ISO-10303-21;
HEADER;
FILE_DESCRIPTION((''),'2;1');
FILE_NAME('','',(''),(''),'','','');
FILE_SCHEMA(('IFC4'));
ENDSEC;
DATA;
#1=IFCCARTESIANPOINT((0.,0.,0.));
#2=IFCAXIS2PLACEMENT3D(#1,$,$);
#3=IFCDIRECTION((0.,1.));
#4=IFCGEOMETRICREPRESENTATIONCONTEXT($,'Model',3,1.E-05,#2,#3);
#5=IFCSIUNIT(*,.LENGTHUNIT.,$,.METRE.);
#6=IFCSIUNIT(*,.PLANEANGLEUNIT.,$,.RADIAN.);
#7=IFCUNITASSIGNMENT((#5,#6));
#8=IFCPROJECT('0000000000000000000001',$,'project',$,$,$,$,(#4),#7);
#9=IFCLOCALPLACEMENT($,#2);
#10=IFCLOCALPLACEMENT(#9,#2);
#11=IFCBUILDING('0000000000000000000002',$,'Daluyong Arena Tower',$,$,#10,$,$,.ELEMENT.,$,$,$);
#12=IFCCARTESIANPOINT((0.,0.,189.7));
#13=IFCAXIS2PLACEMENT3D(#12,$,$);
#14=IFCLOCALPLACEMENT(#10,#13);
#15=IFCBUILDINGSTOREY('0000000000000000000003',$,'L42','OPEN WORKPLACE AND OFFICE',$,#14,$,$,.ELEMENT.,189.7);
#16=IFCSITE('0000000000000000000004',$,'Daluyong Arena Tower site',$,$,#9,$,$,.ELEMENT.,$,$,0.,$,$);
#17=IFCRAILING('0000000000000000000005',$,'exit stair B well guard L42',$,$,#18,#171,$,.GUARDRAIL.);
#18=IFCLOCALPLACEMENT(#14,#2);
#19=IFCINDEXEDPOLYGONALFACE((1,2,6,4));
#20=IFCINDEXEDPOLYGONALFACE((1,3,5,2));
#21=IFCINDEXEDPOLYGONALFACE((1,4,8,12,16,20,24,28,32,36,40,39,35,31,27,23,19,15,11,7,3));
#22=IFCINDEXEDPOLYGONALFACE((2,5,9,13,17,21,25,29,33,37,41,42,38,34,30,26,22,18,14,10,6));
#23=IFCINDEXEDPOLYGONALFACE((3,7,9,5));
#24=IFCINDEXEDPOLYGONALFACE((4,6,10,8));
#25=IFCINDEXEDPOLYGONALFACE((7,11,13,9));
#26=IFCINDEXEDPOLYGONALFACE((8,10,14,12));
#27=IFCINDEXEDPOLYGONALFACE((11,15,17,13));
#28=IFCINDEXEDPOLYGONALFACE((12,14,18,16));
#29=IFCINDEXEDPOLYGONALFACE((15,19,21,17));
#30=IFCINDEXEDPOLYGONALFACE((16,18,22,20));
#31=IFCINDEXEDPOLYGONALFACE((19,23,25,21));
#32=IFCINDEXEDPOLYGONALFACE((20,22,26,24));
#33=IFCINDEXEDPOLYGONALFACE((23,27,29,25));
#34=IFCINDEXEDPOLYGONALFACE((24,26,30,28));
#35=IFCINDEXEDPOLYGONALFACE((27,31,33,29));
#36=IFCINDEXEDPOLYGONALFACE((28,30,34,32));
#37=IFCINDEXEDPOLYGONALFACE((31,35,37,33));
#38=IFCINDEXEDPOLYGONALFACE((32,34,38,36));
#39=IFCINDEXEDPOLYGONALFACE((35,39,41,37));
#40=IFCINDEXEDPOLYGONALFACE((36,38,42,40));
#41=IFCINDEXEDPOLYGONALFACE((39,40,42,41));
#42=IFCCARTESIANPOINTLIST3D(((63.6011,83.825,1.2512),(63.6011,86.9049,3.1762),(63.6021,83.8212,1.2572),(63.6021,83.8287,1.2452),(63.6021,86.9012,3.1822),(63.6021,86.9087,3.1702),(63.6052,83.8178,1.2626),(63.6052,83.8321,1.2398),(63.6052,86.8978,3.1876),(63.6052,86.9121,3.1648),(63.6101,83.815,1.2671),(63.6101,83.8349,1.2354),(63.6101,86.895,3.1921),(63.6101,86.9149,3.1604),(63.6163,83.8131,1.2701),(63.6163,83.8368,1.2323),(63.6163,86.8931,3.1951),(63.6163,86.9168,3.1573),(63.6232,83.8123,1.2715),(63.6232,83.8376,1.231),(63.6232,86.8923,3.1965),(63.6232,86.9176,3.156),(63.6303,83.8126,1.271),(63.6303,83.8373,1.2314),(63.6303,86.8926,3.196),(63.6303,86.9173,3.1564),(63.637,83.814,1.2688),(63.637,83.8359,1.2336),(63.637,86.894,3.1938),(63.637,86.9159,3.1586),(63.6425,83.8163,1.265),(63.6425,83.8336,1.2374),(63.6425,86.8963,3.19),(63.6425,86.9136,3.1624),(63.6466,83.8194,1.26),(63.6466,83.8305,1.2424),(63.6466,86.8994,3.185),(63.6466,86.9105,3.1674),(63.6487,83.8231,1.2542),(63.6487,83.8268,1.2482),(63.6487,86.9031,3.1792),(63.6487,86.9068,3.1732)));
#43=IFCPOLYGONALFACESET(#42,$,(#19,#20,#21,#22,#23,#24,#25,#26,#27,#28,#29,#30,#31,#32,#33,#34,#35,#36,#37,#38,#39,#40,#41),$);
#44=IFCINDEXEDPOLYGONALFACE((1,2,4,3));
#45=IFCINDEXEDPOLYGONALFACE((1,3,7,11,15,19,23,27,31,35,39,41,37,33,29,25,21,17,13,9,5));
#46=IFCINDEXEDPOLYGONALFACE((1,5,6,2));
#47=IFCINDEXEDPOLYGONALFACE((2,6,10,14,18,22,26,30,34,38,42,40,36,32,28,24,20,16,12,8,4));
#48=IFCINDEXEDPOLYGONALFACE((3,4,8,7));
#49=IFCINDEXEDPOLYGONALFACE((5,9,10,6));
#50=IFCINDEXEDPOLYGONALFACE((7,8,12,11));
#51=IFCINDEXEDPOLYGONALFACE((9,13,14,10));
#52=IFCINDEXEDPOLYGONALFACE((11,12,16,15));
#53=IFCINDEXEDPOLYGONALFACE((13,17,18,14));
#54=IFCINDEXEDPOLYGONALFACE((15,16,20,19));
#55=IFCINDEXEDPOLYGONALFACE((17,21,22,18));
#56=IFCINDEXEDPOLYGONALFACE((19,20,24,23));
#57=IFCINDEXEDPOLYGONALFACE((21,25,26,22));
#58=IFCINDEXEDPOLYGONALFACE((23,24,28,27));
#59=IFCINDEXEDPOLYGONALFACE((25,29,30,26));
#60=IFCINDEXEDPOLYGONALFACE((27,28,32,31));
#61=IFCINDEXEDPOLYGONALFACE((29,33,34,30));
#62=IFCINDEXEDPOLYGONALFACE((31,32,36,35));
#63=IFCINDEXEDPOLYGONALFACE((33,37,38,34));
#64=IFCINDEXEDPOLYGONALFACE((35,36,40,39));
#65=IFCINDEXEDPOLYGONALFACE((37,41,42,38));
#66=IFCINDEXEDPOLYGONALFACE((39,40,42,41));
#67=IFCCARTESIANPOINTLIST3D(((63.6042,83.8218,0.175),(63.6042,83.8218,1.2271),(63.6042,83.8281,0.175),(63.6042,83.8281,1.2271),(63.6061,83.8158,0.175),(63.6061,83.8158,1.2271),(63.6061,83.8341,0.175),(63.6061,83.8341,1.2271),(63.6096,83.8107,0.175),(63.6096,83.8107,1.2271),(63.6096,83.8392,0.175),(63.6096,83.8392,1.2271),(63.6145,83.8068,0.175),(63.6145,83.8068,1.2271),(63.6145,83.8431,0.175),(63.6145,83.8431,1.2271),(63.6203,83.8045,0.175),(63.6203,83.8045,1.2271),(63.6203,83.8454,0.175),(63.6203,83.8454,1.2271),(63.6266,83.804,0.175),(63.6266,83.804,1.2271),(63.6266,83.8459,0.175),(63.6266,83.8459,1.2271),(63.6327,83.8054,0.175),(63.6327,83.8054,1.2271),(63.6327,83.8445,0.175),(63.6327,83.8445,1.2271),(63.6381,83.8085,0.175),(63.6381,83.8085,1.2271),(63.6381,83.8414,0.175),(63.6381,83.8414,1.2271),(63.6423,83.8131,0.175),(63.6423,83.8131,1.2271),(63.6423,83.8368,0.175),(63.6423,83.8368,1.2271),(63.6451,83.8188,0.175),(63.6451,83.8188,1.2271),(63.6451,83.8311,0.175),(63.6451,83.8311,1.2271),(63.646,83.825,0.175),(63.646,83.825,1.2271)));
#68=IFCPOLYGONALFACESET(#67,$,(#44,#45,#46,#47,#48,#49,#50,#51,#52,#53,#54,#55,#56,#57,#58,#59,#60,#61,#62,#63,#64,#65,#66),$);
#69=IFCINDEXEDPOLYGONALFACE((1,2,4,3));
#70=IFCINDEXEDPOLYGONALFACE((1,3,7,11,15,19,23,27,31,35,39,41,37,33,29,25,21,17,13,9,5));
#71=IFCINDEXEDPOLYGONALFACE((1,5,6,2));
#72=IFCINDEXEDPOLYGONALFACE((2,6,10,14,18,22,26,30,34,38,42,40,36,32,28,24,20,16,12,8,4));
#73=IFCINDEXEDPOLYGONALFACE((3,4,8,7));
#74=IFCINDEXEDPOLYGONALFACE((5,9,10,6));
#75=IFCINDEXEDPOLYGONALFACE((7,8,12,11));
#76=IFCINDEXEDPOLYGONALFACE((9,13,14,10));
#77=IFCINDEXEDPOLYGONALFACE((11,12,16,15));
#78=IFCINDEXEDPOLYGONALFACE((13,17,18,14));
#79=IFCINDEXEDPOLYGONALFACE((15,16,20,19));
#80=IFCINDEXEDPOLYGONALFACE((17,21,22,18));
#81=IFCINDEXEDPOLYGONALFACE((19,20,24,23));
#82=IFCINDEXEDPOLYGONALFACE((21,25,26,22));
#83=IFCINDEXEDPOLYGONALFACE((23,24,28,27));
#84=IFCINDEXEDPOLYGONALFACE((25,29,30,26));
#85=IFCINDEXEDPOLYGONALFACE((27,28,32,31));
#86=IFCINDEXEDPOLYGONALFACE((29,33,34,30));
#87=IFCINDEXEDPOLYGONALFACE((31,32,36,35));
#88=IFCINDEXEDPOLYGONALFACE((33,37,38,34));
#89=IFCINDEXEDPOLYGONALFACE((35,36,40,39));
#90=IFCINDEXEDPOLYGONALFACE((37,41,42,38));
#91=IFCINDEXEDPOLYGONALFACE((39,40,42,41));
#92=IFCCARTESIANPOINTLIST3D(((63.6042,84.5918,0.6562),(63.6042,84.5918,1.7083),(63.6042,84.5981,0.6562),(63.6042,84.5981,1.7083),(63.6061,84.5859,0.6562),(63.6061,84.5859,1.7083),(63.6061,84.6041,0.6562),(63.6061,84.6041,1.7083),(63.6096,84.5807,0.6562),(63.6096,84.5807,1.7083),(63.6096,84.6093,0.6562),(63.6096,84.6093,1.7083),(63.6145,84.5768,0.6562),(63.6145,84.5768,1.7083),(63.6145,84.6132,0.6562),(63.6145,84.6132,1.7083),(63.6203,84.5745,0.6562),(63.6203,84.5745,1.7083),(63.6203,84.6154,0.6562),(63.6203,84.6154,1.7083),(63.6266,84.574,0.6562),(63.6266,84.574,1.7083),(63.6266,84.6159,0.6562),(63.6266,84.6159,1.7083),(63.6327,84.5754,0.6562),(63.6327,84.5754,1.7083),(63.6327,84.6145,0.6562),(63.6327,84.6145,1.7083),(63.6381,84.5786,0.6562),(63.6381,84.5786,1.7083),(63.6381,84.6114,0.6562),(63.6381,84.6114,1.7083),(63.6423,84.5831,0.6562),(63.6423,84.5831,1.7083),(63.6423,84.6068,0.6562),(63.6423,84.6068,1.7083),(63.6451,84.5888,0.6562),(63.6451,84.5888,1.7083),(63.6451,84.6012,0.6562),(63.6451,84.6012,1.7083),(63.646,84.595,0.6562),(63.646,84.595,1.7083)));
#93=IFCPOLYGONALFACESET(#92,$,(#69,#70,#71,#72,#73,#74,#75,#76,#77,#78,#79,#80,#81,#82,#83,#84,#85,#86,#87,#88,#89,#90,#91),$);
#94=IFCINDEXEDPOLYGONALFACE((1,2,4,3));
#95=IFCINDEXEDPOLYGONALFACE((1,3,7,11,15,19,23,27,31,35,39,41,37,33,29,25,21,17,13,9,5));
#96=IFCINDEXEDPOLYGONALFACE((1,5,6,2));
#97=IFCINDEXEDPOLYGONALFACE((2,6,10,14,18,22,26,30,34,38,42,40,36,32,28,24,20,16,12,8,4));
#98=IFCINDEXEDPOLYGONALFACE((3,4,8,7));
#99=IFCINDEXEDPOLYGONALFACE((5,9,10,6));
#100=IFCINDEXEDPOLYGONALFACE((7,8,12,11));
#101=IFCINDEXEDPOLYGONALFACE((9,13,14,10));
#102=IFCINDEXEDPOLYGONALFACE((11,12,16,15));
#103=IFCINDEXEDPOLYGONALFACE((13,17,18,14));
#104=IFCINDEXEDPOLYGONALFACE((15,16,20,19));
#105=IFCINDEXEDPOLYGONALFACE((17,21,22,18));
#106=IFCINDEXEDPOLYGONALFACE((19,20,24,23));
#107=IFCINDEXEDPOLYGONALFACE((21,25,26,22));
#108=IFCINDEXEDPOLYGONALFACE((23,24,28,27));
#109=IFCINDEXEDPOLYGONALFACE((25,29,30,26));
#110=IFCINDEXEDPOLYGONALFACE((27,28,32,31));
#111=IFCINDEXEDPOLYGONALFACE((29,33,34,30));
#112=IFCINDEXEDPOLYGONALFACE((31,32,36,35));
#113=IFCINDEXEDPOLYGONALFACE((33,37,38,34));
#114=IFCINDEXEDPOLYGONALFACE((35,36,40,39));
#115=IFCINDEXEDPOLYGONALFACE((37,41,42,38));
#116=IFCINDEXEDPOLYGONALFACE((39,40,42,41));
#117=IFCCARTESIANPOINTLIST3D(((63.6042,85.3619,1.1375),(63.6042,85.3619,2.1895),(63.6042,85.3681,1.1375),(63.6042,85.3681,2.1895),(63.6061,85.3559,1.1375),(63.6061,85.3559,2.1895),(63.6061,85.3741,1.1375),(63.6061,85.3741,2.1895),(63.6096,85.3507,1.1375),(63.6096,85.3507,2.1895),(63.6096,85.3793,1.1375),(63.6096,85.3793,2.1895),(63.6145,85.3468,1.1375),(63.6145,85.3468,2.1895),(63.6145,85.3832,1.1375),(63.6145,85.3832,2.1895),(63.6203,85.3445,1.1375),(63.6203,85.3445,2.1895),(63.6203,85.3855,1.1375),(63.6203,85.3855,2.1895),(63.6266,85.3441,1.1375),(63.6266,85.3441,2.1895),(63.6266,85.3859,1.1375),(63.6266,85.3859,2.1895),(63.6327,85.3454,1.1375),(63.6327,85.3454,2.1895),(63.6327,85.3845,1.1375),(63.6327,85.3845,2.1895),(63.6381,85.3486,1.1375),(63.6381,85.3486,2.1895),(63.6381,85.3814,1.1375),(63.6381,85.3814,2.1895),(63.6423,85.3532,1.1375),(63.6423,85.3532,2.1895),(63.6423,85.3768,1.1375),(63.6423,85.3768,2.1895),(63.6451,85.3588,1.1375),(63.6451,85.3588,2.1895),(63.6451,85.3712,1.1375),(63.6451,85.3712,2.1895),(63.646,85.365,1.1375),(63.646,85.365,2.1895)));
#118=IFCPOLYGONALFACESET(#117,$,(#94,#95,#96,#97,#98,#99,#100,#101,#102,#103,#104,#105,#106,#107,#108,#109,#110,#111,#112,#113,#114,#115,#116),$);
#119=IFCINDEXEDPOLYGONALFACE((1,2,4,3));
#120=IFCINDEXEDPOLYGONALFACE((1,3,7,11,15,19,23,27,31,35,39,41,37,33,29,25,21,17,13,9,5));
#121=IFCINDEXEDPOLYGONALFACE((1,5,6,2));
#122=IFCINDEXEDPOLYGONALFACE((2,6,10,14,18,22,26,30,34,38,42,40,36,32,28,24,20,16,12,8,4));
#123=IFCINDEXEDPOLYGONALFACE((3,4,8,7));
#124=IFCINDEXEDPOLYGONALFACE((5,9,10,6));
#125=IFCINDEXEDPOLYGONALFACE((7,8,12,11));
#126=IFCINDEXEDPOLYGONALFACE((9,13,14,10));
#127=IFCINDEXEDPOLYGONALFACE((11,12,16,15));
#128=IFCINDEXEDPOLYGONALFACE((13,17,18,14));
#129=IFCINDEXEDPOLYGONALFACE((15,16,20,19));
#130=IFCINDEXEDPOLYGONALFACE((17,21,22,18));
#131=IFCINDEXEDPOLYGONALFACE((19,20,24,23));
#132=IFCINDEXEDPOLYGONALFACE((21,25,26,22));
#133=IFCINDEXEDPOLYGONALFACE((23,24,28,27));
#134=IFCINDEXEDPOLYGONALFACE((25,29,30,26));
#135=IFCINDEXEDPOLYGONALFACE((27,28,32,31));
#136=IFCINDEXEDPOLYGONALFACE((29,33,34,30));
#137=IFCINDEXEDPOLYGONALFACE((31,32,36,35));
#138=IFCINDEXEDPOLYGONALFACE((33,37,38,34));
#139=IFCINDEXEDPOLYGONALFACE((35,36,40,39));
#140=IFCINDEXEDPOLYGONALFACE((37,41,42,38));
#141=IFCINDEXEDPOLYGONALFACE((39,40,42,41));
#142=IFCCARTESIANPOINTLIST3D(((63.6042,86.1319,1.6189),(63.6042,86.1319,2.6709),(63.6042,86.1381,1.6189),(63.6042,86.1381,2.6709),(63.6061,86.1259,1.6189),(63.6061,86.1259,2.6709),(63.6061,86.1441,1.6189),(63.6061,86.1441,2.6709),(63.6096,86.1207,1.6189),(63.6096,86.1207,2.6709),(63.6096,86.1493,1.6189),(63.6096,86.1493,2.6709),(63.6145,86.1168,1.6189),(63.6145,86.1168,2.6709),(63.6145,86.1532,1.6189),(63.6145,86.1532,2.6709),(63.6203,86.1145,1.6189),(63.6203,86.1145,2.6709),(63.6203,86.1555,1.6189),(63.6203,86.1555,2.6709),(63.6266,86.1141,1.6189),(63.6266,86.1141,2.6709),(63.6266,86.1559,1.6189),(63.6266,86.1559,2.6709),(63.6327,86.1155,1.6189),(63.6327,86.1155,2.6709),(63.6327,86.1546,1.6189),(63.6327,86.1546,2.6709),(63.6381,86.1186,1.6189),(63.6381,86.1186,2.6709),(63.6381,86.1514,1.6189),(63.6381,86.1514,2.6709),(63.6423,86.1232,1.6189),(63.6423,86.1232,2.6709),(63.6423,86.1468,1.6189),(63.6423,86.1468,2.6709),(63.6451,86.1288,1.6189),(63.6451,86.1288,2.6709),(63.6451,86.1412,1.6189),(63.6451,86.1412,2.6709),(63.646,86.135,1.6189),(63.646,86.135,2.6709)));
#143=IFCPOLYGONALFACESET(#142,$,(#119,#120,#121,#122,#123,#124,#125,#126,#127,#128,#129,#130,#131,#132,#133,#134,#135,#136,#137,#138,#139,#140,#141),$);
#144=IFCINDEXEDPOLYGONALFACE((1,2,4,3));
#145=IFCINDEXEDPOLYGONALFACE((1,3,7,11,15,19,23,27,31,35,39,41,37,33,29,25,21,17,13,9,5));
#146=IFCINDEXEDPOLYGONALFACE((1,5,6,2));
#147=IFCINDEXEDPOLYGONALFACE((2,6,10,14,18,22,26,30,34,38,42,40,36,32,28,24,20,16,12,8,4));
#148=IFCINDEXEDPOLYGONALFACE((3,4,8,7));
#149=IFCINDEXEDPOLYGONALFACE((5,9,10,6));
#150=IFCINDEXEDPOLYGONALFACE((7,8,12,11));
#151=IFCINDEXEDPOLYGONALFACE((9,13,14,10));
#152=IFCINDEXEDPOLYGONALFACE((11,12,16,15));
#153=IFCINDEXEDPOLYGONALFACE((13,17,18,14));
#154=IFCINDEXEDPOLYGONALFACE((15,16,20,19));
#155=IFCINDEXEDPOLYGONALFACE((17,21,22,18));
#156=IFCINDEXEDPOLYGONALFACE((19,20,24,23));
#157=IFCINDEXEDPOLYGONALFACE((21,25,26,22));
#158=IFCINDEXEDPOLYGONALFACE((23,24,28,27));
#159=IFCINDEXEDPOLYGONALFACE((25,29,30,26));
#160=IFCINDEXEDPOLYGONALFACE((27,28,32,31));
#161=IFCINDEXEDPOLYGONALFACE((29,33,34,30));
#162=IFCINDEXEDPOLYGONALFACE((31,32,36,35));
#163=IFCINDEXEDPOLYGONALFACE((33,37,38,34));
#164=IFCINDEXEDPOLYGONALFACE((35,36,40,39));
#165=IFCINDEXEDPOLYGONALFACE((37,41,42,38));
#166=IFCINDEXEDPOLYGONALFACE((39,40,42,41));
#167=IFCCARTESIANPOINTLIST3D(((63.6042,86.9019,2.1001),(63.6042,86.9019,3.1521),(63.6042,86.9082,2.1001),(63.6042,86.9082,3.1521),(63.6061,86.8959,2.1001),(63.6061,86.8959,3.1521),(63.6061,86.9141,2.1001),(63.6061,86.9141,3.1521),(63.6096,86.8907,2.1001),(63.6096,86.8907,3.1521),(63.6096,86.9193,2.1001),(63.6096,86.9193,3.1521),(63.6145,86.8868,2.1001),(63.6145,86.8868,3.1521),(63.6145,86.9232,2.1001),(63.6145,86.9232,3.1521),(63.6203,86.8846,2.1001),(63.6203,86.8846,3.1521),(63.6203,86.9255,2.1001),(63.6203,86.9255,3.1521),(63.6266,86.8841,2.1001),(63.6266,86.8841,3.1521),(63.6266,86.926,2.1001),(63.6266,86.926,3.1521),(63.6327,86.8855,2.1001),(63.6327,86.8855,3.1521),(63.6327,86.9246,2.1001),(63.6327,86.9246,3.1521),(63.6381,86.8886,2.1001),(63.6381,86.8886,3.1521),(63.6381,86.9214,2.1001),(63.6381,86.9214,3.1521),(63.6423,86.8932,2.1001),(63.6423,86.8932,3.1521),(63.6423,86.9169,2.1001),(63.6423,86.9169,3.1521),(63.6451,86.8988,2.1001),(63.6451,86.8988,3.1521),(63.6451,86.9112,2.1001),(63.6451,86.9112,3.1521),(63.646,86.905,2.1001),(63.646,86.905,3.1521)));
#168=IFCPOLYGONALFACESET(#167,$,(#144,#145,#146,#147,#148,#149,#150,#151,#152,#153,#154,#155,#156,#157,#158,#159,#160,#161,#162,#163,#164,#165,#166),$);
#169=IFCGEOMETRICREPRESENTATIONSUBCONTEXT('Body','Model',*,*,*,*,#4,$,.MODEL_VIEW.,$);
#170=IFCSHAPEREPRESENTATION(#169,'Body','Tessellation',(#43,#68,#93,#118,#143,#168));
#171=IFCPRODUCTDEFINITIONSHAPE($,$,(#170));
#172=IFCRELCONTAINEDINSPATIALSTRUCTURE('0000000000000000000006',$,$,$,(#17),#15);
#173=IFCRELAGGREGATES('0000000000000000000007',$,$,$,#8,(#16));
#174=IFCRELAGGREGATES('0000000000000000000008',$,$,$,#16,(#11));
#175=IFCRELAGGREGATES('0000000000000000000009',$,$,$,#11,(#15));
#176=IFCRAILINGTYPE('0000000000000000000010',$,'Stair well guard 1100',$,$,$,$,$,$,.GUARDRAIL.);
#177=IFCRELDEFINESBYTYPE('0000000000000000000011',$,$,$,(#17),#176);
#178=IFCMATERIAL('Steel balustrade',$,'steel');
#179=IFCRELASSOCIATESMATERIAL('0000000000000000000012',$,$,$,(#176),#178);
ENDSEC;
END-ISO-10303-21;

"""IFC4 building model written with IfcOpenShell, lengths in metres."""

from ifc_helpers import new_model, si_unit, direction, frame, origin, origin_2d, place, context, subcontext, project, spatial, circle, extrude, material, type_object, element, save


model = new_model("IFC4")

# Units and contexts
model_context = context("Model", 3, precision=1e-05, world=origin(), true_north=direction((0.0, 1.0)))
body_context = subcontext(model_context, "Body", "Model", "MODEL_VIEW")
ifc_project = project(units=[si_unit("LENGTHUNIT", "METRE"), si_unit("PLANEANGLEUNIT", "RADIAN")], contexts=[model_context])

# Site, building, storey
site_placement = place(None, origin())
site = spatial("IfcSite", under=ifc_project, at=site_placement, Name="Daluyong Arena Tower site", CompositionType="ELEMENT", RefElevation=0.0)
building_placement = place(site_placement, origin())
building = spatial("IfcBuilding", under=site, at=building_placement, Name="Daluyong Arena Tower", CompositionType="ELEMENT")
storey_placement = place(building_placement, frame((0.0, 0.0, 189.7)))
storey = spatial("IfcBuildingStorey", under=building, at=storey_placement, Name="L42", Description="OPEN WORKPLACE AND OFFICE", CompositionType="ELEMENT", Elevation=189.7)

# Railing
ifc_material_1 = material(Name="Steel balustrade", Category="steel")
railing_type_1 = type_object("IfcRailingType", Name="Stair well guard 1100", PredefinedType="GUARDRAIL", material=ifc_material_1)
railing_1_placement = place(storey_placement, frame((63.625, 83.825, 0.175)))
element("IfcRailing", 1, at=railing_1_placement, inside=storey, type_object=railing_type_1, Name="exit stair B well guard L42", PredefinedType="GUARDRAIL", context=body_context, shape_type="SweptSolid", body=[
    extrude(circle(Radius=0.0239, at=origin_2d()), frame((0.0, 0.0, 1.0762), z_axis=(0.0, 0.847998, 0.529999), x_axis=(-1.0, 0.0, 0.0)), (0.0, 0.0, 1.0), 3.6321),
    extrude(circle(Radius=0.021, at=origin_2d()), origin(), (0.0, 0.0, 1.0), 1.052),
    extrude(circle(Radius=0.021, at=origin_2d()), frame((0.0, 0.77, 0.4812)), (0.0, 0.0, 1.0), 1.052),
    extrude(circle(Radius=0.021, at=origin_2d()), frame((0.0, 1.54, 0.9624)), (0.0, 0.0, 1.0), 1.052),
    extrude(circle(Radius=0.021, at=origin_2d()), frame((0.0, 2.3101, 1.4438)), (0.0, 0.0, 1.0), 1.052),
    extrude(circle(Radius=0.021, at=origin_2d()), frame((0.0, 3.0801, 1.925)), (0.0, 0.0, 1.0), 1.052),
])

save(model, "model.ifc")
